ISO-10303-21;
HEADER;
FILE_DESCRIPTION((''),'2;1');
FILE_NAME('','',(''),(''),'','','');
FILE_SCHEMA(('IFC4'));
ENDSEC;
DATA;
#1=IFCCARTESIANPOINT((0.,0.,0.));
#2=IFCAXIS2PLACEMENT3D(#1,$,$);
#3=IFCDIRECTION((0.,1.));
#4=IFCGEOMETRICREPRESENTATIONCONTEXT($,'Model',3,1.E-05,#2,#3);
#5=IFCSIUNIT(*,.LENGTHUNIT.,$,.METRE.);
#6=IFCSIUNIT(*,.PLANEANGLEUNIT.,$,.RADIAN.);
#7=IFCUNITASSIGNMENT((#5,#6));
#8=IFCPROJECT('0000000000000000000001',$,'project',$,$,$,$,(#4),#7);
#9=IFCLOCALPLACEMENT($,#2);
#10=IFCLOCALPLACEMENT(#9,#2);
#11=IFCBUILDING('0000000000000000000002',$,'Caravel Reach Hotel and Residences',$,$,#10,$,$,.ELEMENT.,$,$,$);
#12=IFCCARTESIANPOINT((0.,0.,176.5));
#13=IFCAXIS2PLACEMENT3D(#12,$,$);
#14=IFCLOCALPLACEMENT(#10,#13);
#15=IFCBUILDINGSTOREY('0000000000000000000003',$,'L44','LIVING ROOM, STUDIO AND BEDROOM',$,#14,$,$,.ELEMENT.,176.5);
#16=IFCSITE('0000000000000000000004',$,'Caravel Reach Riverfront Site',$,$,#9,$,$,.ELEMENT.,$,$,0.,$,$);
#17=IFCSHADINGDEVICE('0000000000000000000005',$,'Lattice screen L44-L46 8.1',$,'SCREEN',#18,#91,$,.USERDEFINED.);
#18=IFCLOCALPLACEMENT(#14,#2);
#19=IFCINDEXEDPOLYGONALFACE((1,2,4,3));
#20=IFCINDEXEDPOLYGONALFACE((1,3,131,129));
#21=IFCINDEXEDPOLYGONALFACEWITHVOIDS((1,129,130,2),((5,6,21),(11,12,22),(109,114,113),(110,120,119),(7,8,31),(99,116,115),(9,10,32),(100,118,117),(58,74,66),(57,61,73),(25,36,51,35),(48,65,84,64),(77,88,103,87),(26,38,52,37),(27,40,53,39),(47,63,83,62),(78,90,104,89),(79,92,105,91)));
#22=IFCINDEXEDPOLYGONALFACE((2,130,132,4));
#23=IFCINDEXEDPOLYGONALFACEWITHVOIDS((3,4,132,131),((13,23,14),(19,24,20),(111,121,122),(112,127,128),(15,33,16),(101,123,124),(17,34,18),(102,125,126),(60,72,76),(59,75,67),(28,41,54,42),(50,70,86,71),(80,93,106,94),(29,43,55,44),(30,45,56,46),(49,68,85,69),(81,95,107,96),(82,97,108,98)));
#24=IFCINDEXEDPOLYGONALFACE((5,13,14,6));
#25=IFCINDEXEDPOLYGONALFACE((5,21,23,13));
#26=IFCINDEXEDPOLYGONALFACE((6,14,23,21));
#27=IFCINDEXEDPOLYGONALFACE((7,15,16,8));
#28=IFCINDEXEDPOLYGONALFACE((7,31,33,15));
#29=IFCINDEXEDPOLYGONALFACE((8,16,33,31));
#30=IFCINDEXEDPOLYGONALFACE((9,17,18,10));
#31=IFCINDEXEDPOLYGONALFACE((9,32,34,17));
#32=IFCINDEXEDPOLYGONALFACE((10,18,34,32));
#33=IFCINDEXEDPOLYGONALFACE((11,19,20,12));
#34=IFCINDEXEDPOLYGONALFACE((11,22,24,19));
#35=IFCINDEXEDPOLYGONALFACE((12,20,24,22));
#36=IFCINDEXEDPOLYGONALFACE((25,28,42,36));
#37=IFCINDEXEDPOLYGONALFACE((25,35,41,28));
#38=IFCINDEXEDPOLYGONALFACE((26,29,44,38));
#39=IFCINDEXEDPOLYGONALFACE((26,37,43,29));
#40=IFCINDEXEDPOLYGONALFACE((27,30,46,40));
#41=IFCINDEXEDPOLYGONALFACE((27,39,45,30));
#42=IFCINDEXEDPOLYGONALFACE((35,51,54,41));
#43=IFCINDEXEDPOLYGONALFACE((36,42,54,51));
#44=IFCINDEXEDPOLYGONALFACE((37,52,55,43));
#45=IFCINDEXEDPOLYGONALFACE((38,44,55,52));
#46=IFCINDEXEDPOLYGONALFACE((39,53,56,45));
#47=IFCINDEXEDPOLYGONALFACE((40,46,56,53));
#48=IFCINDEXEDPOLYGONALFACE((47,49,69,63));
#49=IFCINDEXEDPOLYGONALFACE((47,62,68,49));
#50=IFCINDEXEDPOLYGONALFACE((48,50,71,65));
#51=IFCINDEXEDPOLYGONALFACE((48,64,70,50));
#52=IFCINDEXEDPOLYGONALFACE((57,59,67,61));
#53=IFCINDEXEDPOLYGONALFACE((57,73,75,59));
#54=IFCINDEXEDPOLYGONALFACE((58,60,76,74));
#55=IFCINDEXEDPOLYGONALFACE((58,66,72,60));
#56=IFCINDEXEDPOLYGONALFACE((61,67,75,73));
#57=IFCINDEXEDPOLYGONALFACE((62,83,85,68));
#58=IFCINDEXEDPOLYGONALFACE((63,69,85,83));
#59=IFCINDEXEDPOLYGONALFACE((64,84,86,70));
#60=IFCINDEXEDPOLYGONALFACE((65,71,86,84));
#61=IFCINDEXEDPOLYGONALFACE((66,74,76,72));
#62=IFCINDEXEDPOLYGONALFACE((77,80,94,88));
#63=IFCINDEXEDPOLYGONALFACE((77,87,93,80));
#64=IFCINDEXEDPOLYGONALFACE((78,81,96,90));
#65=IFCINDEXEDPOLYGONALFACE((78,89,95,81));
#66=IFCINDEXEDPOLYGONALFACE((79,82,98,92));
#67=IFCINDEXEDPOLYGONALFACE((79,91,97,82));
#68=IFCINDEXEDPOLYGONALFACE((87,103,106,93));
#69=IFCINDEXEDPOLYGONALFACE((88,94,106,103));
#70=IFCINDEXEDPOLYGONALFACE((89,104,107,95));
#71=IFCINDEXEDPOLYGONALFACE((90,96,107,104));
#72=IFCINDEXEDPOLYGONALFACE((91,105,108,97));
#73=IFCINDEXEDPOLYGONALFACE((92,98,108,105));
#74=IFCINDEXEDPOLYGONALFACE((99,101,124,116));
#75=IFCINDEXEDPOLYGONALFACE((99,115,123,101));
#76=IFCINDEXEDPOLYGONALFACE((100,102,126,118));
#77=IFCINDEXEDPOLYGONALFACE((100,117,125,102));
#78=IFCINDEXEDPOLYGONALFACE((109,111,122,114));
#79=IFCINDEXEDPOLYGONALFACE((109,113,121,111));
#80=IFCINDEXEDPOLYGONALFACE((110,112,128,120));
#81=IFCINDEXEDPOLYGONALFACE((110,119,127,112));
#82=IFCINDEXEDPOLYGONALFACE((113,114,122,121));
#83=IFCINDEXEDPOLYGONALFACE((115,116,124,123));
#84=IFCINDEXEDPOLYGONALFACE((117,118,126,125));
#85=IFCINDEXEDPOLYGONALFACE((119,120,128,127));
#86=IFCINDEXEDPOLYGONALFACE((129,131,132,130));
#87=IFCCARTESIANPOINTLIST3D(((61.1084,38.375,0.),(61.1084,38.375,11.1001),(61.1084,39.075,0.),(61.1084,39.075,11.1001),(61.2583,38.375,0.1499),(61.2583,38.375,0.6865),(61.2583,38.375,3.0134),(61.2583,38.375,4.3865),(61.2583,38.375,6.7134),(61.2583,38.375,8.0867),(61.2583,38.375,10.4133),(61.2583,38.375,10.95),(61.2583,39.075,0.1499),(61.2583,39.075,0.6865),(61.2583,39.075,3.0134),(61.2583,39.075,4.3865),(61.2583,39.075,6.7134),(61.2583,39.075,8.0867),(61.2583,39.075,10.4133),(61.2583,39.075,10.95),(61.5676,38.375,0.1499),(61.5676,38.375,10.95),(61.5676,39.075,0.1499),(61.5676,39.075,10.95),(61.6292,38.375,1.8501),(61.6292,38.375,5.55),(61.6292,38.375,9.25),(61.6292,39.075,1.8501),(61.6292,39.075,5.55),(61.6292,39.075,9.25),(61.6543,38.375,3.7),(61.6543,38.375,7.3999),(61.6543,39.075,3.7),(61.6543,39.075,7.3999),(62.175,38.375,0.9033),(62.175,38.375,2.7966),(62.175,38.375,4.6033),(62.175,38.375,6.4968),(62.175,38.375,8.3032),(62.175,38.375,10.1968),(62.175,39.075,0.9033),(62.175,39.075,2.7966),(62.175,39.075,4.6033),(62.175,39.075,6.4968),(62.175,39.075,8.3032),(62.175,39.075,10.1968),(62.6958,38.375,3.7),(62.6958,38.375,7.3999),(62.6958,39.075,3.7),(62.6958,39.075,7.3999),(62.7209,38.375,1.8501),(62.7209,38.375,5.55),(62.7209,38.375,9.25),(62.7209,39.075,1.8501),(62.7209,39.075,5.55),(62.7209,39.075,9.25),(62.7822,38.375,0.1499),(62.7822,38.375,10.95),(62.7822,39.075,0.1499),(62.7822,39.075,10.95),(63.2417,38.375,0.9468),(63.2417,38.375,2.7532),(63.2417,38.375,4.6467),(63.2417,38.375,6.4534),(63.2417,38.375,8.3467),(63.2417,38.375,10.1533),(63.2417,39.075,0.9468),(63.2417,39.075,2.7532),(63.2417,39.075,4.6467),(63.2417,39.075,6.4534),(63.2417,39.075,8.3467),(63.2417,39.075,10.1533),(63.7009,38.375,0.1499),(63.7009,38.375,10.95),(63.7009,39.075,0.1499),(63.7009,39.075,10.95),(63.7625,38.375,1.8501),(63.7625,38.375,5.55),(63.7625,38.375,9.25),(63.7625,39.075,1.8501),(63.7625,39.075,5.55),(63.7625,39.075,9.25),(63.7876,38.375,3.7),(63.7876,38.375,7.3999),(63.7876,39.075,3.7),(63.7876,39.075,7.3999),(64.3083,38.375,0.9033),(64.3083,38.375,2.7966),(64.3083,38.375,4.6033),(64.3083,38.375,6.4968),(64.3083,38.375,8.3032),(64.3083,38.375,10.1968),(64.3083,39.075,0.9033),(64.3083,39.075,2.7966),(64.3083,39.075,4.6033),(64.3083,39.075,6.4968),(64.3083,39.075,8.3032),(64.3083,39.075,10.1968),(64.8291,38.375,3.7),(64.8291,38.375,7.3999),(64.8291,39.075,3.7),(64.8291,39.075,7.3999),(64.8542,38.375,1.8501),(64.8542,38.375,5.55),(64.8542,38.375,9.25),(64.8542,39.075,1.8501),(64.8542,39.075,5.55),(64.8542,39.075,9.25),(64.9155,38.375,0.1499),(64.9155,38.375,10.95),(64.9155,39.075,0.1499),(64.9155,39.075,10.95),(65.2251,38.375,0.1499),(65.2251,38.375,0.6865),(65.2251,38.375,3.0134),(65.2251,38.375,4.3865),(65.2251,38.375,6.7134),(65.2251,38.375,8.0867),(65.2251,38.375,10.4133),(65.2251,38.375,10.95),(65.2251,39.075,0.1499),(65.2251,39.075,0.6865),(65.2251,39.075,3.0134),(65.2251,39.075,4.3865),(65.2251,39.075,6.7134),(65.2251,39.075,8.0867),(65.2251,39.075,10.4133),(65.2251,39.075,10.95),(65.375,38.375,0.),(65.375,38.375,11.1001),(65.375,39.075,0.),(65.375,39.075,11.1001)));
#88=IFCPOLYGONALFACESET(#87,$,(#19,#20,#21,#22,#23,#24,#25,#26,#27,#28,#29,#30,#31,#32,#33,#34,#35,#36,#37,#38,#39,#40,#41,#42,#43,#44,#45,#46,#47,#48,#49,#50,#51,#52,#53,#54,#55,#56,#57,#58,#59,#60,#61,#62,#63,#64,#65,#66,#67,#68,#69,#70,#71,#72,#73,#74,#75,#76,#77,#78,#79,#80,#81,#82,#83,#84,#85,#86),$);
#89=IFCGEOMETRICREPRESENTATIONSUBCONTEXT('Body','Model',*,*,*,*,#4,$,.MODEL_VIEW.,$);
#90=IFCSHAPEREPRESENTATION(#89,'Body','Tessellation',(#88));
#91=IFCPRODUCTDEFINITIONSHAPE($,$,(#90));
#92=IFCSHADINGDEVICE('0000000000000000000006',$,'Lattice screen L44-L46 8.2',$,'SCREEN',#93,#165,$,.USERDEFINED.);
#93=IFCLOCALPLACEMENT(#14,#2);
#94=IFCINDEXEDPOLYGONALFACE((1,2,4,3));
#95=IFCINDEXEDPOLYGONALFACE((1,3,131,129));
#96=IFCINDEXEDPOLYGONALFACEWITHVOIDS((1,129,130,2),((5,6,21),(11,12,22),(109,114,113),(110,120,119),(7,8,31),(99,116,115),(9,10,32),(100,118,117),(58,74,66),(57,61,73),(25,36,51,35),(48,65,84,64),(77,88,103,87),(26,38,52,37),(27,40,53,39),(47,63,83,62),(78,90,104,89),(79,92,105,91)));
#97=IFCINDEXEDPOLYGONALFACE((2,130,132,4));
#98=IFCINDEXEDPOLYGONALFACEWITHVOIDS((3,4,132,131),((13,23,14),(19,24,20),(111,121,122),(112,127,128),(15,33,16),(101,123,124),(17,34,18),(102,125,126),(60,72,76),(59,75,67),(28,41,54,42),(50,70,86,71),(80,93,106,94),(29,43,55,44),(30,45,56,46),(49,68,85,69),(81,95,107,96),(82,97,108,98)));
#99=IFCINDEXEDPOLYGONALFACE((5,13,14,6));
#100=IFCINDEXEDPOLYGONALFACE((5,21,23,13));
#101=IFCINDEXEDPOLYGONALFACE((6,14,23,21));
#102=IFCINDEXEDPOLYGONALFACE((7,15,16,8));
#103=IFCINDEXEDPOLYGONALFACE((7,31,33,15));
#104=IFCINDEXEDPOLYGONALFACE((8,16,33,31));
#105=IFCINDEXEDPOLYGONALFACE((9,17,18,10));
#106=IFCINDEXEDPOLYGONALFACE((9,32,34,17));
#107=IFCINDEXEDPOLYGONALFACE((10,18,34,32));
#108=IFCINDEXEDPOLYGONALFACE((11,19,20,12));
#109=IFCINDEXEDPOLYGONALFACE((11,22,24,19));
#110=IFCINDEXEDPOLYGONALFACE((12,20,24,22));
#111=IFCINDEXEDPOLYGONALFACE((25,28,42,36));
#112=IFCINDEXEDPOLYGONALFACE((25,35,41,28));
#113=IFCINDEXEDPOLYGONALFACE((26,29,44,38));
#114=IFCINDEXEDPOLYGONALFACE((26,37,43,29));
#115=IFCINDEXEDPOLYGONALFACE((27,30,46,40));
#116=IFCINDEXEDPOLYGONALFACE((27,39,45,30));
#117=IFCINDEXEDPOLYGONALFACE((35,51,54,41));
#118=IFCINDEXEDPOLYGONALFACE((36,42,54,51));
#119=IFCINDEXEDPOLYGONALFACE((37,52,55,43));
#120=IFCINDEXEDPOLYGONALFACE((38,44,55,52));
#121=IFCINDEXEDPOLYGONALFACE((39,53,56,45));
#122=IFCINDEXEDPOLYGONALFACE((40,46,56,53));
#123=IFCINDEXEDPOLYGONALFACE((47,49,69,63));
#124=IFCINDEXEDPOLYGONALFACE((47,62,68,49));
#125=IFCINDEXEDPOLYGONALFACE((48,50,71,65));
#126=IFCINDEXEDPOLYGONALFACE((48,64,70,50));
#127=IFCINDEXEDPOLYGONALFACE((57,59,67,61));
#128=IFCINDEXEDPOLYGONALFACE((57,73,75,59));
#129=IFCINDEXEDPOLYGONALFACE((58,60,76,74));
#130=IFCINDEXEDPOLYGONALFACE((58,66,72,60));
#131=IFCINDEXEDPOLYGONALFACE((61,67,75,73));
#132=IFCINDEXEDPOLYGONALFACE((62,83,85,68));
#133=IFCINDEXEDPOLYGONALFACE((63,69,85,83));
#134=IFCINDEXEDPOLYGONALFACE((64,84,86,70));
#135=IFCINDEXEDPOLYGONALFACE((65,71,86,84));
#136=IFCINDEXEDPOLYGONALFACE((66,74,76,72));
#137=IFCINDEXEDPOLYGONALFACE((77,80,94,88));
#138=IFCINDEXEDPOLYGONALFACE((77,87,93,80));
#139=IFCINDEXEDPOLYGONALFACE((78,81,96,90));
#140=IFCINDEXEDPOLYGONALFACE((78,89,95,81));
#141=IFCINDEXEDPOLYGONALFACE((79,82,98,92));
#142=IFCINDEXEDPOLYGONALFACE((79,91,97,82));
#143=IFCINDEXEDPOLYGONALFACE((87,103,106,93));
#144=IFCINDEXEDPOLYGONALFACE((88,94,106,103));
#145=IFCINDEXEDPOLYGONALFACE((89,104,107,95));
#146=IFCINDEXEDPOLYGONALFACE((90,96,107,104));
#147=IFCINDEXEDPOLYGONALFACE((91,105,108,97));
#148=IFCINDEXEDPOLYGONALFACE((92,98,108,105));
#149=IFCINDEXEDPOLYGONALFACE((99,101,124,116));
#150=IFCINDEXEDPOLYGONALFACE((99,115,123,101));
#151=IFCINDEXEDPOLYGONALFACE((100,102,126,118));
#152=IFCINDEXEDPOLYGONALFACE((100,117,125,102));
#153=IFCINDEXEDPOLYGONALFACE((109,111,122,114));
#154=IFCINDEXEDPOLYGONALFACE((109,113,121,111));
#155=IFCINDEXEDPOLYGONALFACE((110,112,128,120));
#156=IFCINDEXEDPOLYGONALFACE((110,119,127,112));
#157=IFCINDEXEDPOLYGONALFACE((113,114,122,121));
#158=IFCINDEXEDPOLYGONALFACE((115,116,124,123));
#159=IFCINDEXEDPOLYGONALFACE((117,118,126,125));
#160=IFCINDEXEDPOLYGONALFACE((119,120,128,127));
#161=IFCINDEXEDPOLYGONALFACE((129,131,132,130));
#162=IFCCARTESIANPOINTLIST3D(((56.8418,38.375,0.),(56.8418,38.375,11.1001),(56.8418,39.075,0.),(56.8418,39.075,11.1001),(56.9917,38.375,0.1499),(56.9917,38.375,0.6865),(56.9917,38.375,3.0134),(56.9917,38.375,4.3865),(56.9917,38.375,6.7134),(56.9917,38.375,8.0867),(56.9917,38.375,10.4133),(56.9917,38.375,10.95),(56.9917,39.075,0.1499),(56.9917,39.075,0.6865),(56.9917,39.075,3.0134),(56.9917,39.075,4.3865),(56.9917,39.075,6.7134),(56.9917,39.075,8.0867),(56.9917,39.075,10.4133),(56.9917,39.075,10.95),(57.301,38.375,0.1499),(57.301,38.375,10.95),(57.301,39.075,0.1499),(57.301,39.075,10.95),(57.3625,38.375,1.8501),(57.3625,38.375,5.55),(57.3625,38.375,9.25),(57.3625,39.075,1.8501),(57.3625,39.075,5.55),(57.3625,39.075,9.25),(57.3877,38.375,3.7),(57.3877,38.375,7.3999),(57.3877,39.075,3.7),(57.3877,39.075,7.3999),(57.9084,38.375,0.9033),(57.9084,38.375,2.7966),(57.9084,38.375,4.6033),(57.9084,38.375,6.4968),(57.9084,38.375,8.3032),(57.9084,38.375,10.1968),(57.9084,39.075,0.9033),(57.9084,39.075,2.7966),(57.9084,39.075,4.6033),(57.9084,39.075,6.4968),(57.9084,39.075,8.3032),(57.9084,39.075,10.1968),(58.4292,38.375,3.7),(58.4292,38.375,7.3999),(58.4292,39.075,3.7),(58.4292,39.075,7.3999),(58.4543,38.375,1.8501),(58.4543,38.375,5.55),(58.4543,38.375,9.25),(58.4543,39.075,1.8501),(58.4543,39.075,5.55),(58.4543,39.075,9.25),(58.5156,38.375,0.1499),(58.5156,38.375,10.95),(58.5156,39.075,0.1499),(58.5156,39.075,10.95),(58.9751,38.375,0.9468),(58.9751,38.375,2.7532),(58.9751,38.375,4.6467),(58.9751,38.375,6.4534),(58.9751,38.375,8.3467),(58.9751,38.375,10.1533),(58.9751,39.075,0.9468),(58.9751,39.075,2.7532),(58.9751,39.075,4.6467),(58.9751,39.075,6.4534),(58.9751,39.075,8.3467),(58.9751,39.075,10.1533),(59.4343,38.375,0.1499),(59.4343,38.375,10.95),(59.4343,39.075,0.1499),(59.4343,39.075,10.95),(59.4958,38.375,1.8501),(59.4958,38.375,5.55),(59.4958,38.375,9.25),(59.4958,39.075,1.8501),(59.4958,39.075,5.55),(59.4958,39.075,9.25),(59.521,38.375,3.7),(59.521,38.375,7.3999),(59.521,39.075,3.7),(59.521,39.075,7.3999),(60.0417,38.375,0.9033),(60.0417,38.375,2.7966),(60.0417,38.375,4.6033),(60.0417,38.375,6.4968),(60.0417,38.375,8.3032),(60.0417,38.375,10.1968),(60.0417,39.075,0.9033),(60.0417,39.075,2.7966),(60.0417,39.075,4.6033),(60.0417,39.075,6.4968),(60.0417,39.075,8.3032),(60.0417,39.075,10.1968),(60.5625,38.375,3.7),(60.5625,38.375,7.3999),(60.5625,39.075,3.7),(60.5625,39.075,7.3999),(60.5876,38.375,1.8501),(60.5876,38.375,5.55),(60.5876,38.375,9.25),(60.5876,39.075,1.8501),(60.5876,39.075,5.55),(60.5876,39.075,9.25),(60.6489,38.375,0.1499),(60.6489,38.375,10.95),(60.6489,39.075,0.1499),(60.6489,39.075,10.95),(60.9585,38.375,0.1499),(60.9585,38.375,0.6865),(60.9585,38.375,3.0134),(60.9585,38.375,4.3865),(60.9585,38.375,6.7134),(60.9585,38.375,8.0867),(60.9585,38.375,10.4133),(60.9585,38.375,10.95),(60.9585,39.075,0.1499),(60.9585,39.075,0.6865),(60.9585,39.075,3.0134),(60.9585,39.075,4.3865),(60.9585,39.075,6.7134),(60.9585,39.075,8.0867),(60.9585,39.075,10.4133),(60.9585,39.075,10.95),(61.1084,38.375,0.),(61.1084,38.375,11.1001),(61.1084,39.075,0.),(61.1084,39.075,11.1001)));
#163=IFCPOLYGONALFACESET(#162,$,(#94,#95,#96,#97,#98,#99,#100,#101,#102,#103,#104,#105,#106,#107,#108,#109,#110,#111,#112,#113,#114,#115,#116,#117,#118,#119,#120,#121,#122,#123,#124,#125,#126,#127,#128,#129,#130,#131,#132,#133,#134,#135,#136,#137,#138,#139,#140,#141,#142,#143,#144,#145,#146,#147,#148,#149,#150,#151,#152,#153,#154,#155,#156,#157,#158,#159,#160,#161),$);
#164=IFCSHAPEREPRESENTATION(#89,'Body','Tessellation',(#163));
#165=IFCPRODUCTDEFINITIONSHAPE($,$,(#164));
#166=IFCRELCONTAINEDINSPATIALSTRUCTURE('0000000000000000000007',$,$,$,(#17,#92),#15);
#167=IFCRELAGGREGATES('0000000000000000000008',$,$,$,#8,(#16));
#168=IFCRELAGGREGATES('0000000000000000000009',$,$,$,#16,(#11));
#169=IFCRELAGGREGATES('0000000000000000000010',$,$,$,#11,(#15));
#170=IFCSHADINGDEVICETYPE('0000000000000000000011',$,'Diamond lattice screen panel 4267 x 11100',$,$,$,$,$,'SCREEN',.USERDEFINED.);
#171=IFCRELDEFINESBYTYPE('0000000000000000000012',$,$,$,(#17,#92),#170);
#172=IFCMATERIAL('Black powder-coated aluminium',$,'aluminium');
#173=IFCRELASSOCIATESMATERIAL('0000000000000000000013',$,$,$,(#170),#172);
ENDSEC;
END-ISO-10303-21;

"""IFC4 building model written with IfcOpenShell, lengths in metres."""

from ifc_helpers import new_model, si_unit, direction, frame, origin, place, context, subcontext, project, spatial, polyline, outline, extrude, material, type_object, element, save


model = new_model("IFC4")

# Units and contexts
model_context = context("Model", 3, precision=1e-05, world=origin(), true_north=direction((0.0, 1.0)))
body_context = subcontext(model_context, "Body", "Model", "MODEL_VIEW")
ifc_project = project(units=[si_unit("LENGTHUNIT", "METRE"), si_unit("PLANEANGLEUNIT", "RADIAN")], contexts=[model_context])

# Site, building, storey
site_placement = place(None, origin())
site = spatial("IfcSite", under=ifc_project, at=site_placement, Name="Caravel Reach Riverfront Site", CompositionType="ELEMENT", RefElevation=0.0)
building_placement = place(site_placement, origin())
building = spatial("IfcBuilding", under=site, at=building_placement, Name="Caravel Reach Hotel and Residences", CompositionType="ELEMENT")
storey_placement = place(building_placement, frame((0.0, 0.0, 176.5)))
storey = spatial("IfcBuildingStorey", under=building, at=storey_placement, Name="L44", Description="LIVING ROOM, STUDIO AND BEDROOM", CompositionType="ELEMENT", Elevation=176.5)

# Shading devices
ifc_material_1 = material(Name="Black powder-coated aluminium", Category="aluminium")
shading_device_type_1 = type_object("IfcShadingDeviceType", Name="Diamond lattice screen panel 4267 x 11100", ElementType="SCREEN", PredefinedType="USERDEFINED", material=ifc_material_1)
shading_device_1_placement = place(storey_placement, frame((65.375, 38.375, 0.0), z_axis=(0.0, 1.0, 0.0), x_axis=(-1.0, 0.0, 0.0)))
element("IfcShadingDevice", 1, at=shading_device_1_placement, inside=storey, type_object=shading_device_type_1, Name="Lattice screen L44-L46 8.1", ObjectType="SCREEN", PredefinedType="USERDEFINED", context=body_context, shape_type="SweptSolid", body=[
    extrude(outline(polyline([(0.0, 0.0), (4.2666, 0.0), (4.2666, 11.1001), (0.0, 11.1001), (0.0, 0.0)]), holes=[polyline([(0.4595, 0.1499), (0.1499, 0.6865), (0.1499, 0.1499), (0.4595, 0.1499)]), polyline([(0.5459, 3.7), (0.1499, 4.3865), (0.1499, 3.0134), (0.5459, 3.7)]), polyline([(0.5459, 7.3999), (0.1499, 8.0867), (0.1499, 6.7134), (0.5459, 7.3999)]), polyline([(0.1499, 10.4133), (0.4595, 10.95), (0.1499, 10.95), (0.1499, 10.4133)]), polyline([(1.0667, 2.7966), (0.5208, 1.8501), (1.0667, 0.9033), (1.6125, 1.8501), (1.0667, 2.7966)]), polyline([(1.0667, 6.4968), (0.5208, 5.55), (1.0667, 4.6033), (1.6125, 5.55), (1.0667, 6.4968)]), polyline([(1.0667, 10.1968), (0.5208, 9.25), (1.0667, 8.3032), (1.6125, 9.25), (1.0667, 10.1968)]), polyline([(2.1333, 0.9468), (1.6741, 0.1499), (2.5928, 0.1499), (2.1333, 0.9468)]), polyline([(2.1333, 4.6467), (1.5874, 3.7), (2.1333, 2.7532), (2.6792, 3.7), (2.1333, 4.6467)]), polyline([(2.1333, 8.3467), (1.5874, 7.3999), (2.1333, 6.4534), (2.6792, 7.3999), (2.1333, 8.3467)]), polyline([(2.1333, 10.1533), (2.5928, 10.95), (1.6741, 10.95), (2.1333, 10.1533)]), polyline([(3.2, 2.7966), (2.6541, 1.8501), (3.2, 0.9033), (3.7458, 1.8501), (3.2, 2.7966)]), polyline([(3.2, 6.4968), (2.6541, 5.55), (3.2, 4.6033), (3.7458, 5.55), (3.2, 6.4968)]), polyline([(3.2, 10.1968), (2.6541, 9.25), (3.2, 8.3032), (3.7458, 9.25), (3.2, 10.1968)]), polyline([(4.1167, 0.6865), (3.8074, 0.1499), (4.1167, 0.1499), (4.1167, 0.6865)]), polyline([(3.7207, 3.7), (4.1167, 3.0134), (4.1167, 4.3865), (3.7207, 3.7)]), polyline([(3.7207, 7.3999), (4.1167, 6.7134), (4.1167, 8.0867), (3.7207, 7.3999)]), polyline([(3.8074, 10.95), (4.1167, 10.4133), (4.1167, 10.95), (3.8074, 10.95)])]), origin(), (0.0, 0.0, 1.0), 0.7),
])
shading_device_2_placement = place(storey_placement, frame((61.1084, 38.375, 0.0), z_axis=(0.0, 1.0, 0.0), x_axis=(-1.0, 0.0, 0.0)))
element("IfcShadingDevice", 2, at=shading_device_2_placement, inside=storey, type_object=shading_device_type_1, Name="Lattice screen L44-L46 8.2", ObjectType="SCREEN", PredefinedType="USERDEFINED", context=body_context, shape_type="SweptSolid", body=[
    extrude(outline(polyline([(0.0, 0.0), (4.2666, 0.0), (4.2666, 11.1001), (0.0, 11.1001), (0.0, 0.0)]), holes=[polyline([(0.4595, 0.1499), (0.1499, 0.6865), (0.1499, 0.1499), (0.4595, 0.1499)]), polyline([(0.5459, 3.7), (0.1499, 4.3865), (0.1499, 3.0134), (0.5459, 3.7)]), polyline([(0.5459, 7.3999), (0.1499, 8.0867), (0.1499, 6.7134), (0.5459, 7.3999)]), polyline([(0.1499, 10.4133), (0.4595, 10.95), (0.1499, 10.95), (0.1499, 10.4133)]), polyline([(1.0667, 2.7966), (0.5208, 1.8501), (1.0667, 0.9033), (1.6125, 1.8501), (1.0667, 2.7966)]), polyline([(1.0667, 6.4968), (0.5208, 5.55), (1.0667, 4.6033), (1.6125, 5.55), (1.0667, 6.4968)]), polyline([(1.0667, 10.1968), (0.5208, 9.25), (1.0667, 8.3032), (1.6125, 9.25), (1.0667, 10.1968)]), polyline([(2.1333, 0.9468), (1.6741, 0.1499), (2.5928, 0.1499), (2.1333, 0.9468)]), polyline([(2.1333, 4.6467), (1.5874, 3.7), (2.1333, 2.7532), (2.6792, 3.7), (2.1333, 4.6467)]), polyline([(2.1333, 8.3467), (1.5874, 7.3999), (2.1333, 6.4534), (2.6792, 7.3999), (2.1333, 8.3467)]), polyline([(2.1333, 10.1533), (2.5928, 10.95), (1.6741, 10.95), (2.1333, 10.1533)]), polyline([(3.2, 2.7966), (2.6541, 1.8501), (3.2, 0.9033), (3.7458, 1.8501), (3.2, 2.7966)]), polyline([(3.2, 6.4968), (2.6541, 5.55), (3.2, 4.6033), (3.7458, 5.55), (3.2, 6.4968)]), polyline([(3.2, 10.1968), (2.6541, 9.25), (3.2, 8.3032), (3.7458, 9.25), (3.2, 10.1968)]), polyline([(4.1167, 0.6865), (3.8074, 0.1499), (4.1167, 0.1499), (4.1167, 0.6865)]), polyline([(3.7207, 3.7), (4.1167, 3.0134), (4.1167, 4.3865), (3.7207, 3.7)]), polyline([(3.7207, 7.3999), (4.1167, 6.7134), (4.1167, 8.0867), (3.7207, 7.3999)]), polyline([(3.8074, 10.95), (4.1167, 10.4133), (4.1167, 10.95), (3.8074, 10.95)])]), origin(), (0.0, 0.0, 1.0), 0.7),
])

save(model, "model.ifc")
